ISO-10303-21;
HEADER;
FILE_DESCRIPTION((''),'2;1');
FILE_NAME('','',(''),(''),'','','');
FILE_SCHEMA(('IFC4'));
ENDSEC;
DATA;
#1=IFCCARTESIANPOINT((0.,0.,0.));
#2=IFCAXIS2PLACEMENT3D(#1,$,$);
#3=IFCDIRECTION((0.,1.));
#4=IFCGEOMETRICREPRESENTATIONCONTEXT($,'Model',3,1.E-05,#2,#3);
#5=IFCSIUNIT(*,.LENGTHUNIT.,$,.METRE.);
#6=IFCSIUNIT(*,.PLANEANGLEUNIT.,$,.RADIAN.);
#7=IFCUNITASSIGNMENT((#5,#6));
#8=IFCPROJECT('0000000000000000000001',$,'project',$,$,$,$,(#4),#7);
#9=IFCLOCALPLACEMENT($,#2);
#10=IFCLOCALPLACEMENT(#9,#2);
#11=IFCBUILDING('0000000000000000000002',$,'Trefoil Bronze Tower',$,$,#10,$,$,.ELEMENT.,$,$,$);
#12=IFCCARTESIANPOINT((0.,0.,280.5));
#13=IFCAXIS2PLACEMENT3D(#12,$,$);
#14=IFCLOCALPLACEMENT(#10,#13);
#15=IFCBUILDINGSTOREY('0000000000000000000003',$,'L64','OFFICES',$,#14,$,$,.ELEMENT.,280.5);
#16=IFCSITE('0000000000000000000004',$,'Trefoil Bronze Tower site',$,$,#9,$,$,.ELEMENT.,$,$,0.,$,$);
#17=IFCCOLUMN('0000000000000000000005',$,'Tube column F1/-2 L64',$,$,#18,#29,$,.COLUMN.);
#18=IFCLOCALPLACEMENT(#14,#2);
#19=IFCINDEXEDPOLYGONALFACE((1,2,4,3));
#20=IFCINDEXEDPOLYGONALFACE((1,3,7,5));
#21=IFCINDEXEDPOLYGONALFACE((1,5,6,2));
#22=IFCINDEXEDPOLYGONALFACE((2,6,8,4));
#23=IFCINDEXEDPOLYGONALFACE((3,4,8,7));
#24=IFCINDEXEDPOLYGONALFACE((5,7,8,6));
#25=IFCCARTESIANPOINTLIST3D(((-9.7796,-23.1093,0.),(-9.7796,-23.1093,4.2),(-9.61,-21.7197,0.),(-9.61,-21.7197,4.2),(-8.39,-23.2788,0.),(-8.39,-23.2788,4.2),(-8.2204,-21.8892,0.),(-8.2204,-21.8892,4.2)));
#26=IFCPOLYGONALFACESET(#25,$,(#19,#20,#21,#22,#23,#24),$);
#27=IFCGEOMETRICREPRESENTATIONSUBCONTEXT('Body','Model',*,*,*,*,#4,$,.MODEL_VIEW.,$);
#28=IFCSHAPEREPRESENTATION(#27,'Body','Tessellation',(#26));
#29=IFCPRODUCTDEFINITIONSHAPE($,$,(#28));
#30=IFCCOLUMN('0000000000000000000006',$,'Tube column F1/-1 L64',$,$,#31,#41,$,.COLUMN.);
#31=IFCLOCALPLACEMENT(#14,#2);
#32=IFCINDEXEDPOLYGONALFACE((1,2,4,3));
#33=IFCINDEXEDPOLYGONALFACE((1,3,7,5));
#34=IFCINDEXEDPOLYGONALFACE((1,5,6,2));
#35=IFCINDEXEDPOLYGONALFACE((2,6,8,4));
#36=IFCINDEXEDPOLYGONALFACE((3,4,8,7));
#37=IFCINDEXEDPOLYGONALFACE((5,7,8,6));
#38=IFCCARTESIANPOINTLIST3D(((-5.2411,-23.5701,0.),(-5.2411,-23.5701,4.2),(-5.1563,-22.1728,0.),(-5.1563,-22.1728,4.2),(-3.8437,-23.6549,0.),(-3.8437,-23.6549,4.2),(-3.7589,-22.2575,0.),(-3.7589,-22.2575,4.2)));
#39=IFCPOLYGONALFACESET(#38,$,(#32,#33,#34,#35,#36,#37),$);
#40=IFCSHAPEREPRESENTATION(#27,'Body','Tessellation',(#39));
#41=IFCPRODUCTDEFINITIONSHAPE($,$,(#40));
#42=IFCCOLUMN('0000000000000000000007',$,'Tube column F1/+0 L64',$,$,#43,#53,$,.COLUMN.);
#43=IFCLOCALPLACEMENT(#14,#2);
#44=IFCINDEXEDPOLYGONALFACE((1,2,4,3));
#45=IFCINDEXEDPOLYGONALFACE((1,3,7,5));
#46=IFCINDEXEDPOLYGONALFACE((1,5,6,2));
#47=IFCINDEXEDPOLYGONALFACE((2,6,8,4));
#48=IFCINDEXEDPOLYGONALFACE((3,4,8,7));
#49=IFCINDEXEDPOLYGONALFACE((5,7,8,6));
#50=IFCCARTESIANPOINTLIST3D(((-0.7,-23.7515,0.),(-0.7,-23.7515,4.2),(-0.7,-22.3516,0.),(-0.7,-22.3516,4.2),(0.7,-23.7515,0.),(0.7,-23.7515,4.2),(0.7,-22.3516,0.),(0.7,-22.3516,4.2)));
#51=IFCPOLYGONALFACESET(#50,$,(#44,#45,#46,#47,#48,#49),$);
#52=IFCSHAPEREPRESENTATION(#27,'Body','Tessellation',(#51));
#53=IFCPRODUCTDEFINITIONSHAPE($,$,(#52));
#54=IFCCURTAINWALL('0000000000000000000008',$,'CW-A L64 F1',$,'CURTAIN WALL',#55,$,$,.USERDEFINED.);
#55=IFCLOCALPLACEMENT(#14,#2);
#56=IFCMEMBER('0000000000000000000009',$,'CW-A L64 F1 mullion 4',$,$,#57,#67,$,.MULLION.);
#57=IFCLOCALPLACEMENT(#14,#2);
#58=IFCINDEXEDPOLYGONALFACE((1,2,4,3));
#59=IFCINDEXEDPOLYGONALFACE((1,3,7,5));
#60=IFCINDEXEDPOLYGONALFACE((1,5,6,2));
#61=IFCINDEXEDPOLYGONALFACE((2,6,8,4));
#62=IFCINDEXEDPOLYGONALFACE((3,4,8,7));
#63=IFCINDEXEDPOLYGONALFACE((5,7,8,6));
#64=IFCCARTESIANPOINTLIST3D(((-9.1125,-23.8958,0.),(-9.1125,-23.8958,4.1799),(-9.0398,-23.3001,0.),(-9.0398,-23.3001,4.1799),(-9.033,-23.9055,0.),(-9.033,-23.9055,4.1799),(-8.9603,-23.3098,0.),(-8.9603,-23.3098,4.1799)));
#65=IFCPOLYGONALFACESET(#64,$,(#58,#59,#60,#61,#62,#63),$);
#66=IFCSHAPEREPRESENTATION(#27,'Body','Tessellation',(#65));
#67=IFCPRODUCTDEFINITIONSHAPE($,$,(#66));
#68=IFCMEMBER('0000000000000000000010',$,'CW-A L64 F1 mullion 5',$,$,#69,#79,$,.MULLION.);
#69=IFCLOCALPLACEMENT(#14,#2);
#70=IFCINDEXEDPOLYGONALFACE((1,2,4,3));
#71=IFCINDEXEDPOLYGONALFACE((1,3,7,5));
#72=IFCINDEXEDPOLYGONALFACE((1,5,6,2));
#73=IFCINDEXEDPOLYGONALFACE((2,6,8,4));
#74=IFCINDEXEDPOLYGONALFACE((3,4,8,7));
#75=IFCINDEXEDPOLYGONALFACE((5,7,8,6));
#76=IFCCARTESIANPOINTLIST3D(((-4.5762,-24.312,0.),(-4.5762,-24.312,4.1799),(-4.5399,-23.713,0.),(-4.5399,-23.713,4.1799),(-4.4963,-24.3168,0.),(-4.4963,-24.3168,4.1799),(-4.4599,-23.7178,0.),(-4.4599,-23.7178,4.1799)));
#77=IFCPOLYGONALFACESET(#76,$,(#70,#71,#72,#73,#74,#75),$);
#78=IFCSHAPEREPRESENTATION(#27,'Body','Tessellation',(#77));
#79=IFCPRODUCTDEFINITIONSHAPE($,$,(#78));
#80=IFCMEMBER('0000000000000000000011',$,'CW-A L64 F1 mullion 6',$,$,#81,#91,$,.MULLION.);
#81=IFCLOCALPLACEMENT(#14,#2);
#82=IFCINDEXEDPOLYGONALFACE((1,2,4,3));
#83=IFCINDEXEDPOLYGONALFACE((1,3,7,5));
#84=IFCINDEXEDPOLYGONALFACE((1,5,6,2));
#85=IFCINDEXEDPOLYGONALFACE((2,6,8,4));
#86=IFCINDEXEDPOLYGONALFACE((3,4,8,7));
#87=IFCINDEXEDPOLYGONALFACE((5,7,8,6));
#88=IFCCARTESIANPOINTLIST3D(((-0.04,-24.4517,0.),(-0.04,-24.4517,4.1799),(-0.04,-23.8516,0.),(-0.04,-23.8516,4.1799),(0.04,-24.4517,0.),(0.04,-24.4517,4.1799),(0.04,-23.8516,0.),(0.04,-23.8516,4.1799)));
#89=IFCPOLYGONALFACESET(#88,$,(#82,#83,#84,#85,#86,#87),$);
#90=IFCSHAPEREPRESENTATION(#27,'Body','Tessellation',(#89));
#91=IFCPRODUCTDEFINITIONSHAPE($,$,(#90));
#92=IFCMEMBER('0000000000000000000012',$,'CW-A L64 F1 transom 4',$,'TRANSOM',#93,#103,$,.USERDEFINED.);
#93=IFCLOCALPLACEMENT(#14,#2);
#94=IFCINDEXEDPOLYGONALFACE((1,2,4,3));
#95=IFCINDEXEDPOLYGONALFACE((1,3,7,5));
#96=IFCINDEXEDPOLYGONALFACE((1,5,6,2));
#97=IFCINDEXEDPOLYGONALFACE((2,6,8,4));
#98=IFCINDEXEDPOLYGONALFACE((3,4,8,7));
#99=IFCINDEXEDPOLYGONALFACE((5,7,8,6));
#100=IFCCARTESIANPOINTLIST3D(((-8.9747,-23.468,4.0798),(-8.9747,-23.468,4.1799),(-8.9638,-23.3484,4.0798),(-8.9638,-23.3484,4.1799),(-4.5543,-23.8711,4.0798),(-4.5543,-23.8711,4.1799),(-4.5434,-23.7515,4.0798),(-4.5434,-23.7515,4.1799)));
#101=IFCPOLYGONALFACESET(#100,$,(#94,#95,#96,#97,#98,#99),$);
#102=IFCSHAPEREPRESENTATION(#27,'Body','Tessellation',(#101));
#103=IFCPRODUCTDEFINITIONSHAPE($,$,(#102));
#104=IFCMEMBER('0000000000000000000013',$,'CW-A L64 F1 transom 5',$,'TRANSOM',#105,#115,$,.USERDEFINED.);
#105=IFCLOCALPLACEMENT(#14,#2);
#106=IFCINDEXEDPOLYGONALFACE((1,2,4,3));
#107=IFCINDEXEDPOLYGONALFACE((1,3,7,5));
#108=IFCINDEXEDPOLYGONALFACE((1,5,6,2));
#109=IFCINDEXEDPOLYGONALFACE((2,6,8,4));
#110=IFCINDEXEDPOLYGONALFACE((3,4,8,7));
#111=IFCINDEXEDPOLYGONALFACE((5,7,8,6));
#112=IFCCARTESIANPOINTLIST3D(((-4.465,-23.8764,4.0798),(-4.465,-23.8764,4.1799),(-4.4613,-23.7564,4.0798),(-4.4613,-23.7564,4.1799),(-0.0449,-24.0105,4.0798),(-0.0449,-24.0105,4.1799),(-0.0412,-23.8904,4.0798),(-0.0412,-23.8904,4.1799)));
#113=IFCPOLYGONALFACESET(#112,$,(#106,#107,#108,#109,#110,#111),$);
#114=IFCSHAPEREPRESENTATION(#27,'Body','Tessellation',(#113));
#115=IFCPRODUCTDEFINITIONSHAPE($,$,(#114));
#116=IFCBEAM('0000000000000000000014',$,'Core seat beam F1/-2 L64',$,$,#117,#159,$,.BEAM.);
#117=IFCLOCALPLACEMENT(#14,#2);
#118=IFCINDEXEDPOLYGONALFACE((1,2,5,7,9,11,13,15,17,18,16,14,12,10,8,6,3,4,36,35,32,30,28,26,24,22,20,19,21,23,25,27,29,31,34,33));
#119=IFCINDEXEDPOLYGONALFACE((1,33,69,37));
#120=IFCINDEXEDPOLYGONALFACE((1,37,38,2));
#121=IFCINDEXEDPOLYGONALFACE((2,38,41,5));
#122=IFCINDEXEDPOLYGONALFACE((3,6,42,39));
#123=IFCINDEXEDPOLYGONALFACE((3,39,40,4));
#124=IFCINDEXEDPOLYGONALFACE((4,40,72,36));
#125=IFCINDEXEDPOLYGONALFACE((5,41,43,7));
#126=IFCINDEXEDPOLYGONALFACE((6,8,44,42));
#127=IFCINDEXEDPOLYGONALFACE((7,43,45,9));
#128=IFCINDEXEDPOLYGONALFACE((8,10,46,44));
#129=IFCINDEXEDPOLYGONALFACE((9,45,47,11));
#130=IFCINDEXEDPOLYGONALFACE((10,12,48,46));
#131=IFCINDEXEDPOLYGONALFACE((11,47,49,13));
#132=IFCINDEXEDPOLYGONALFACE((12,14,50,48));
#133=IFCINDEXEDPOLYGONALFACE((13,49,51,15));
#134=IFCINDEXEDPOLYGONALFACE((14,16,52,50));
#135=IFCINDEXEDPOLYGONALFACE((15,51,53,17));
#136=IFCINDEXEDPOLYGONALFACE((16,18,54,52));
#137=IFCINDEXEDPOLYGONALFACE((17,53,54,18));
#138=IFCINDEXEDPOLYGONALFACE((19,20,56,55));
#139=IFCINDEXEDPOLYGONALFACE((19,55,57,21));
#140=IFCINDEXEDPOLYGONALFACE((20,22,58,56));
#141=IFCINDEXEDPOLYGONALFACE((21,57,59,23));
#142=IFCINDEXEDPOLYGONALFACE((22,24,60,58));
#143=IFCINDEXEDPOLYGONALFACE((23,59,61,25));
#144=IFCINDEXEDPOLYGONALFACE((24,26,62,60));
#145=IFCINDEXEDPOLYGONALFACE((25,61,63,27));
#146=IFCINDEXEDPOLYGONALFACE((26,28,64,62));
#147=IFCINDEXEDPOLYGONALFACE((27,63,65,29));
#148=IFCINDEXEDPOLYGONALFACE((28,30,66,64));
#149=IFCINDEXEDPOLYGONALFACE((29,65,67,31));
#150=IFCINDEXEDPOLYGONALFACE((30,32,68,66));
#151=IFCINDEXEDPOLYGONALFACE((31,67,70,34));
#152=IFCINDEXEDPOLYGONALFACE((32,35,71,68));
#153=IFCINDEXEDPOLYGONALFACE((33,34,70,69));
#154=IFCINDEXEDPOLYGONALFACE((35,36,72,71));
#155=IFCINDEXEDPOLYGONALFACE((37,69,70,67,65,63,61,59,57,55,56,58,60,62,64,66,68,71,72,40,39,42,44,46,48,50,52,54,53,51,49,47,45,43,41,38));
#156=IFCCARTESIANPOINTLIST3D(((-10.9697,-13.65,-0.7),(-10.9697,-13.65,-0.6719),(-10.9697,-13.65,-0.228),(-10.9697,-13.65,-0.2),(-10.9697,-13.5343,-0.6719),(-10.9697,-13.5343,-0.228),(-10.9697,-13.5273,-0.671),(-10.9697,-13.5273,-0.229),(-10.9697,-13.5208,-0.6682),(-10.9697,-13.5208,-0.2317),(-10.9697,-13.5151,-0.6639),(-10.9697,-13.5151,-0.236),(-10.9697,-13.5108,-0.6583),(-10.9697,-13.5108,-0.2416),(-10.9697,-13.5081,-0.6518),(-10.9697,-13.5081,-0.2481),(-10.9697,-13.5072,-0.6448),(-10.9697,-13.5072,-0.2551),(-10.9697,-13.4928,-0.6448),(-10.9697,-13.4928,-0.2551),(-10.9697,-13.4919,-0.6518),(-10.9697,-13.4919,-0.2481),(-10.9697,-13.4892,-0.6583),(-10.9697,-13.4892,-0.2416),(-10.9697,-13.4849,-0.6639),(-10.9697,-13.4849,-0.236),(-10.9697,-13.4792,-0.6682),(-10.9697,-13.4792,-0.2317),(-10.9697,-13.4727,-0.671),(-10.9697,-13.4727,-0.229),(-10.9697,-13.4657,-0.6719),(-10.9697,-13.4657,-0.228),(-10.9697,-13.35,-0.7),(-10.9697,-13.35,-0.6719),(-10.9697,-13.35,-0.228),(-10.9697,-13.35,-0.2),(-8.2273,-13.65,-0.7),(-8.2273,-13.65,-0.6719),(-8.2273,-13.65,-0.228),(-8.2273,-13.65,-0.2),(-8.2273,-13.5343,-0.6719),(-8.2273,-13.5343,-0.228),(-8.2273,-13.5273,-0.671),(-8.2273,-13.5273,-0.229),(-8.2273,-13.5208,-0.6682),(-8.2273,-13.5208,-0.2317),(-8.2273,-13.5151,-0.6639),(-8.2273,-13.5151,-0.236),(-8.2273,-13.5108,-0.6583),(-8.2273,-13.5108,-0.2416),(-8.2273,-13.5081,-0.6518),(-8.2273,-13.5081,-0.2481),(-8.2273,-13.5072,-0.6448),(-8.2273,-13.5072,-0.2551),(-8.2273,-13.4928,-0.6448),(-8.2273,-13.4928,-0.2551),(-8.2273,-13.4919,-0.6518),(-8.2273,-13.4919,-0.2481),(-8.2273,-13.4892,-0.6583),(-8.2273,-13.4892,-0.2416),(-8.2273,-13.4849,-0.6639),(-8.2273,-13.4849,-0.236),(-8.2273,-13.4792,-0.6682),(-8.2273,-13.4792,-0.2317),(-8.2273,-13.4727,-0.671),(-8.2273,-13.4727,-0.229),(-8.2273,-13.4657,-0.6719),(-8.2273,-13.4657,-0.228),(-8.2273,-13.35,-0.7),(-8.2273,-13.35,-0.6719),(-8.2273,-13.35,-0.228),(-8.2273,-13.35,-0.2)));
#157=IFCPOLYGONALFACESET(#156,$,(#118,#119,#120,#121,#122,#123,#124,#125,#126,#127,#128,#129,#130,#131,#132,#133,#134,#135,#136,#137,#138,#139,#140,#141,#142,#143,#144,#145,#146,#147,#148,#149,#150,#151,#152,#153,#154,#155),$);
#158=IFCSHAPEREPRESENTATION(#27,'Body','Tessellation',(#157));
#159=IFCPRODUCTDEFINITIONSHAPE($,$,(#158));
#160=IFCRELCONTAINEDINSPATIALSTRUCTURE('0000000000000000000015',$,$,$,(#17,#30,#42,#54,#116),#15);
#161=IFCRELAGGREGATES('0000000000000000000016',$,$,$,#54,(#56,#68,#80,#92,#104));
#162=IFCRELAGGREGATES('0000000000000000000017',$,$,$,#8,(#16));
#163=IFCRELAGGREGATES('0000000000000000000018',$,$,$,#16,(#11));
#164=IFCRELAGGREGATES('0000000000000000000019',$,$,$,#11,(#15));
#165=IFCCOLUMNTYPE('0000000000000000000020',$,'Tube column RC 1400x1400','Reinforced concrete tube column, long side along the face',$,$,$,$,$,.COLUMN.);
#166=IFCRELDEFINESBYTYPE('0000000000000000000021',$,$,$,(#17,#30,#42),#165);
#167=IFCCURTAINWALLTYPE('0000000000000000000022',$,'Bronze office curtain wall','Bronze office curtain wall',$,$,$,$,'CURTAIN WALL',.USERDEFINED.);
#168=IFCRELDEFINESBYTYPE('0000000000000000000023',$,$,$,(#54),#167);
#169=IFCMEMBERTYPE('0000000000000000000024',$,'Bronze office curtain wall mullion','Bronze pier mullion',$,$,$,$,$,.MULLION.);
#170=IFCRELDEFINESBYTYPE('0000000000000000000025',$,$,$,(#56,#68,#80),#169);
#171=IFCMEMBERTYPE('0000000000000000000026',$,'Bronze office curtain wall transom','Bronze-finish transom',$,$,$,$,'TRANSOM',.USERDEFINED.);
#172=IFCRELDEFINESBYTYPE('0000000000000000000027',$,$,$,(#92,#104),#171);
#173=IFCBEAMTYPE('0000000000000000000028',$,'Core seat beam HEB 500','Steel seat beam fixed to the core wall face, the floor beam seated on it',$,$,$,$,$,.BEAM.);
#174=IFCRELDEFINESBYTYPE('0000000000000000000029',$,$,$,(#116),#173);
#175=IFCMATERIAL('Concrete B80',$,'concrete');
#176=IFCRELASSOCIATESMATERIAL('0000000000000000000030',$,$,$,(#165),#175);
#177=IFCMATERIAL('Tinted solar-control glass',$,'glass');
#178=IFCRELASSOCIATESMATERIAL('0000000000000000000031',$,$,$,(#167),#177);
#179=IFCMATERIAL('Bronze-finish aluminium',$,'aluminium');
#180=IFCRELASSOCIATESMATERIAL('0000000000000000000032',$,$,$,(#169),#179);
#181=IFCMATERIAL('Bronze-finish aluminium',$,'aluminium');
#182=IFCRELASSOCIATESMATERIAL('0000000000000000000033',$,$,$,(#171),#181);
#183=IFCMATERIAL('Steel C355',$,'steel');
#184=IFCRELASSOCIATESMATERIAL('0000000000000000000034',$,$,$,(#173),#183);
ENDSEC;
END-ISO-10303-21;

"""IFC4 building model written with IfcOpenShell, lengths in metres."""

from ifc_helpers import new_model, si_unit, direction, frame, origin, origin_2d, place, context, subcontext, project, spatial, rectangle, i_section, extrude, material, material_profile, profile_set, type_object, element, aggregate, save


model = new_model("IFC4")

# Units and contexts
model_context = context("Model", 3, precision=1e-05, world=origin(), true_north=direction((0.0, 1.0)))
body_context = subcontext(model_context, "Body", "Model", "MODEL_VIEW")
ifc_project = project(units=[si_unit("LENGTHUNIT", "METRE"), si_unit("PLANEANGLEUNIT", "RADIAN")], contexts=[model_context])

# Site, building, storey
site_placement = place(None, origin())
site = spatial("IfcSite", under=ifc_project, at=site_placement, Name="Trefoil Bronze Tower site", CompositionType="ELEMENT", RefElevation=0.0)
building_placement = place(site_placement, origin())
building = spatial("IfcBuilding", under=site, at=building_placement, Name="Trefoil Bronze Tower", CompositionType="ELEMENT")
storey_placement = place(building_placement, frame((0.0, 0.0, 280.5)))
storey = spatial("IfcBuildingStorey", under=building, at=storey_placement, Name="L64", Description="OFFICES", CompositionType="ELEMENT", Elevation=280.5)

# Columns
ifc_material_1 = material(Name="Concrete B80", Category="concrete")
ifc_material_profile_1 = material_profile(ifc_material_1, rectangle(XDim=1.3999, YDim=1.3999, at=origin_2d()), Name="RC 1400x1400")
ifc_profile_set_1 = profile_set([ifc_material_profile_1], Name="Concrete B80")
column_type = type_object("IfcColumnType", Name="Tube column RC 1400x1400", Description="Reinforced concrete tube column, long side along the face", PredefinedType="COLUMN", material=ifc_profile_set_1)
for number, where, z_axis, x_axis, name in (
    (1, (-9.0, -22.4993, 0.0), (0.0, 0.0, 1.0), (0.992639, -0.121109, 0.0), "Tube column F1/-2 L64"),
    (2, (-4.5, -22.9138, 0.0), (0.0, 0.0, 1.0), (0.998165, -0.060554, 0.0), "Tube column F1/-1 L64"),
    (3, (0.0, -23.0515, 0.0), (0.0, 0.0, 1.0), (1.0, 0.0, 0.0), "Tube column F1/+0 L64"),
):
    element("IfcColumn", number, at=place(storey_placement, frame(where, z_axis=z_axis, x_axis=x_axis)), inside=storey, type_object=column_type, Name=name, PredefinedType="COLUMN", context=body_context, shape_type="SweptSolid", body=[
        extrude(rectangle(XDim=1.3999, YDim=1.3999, at=origin_2d()), origin(), (0.0, 0.0, 1.0), 4.2),
    ])

# Curtain wall, members
ifc_material_2 = material(Name="Tinted solar-control glass", Category="glass")
curtain_wall_type = type_object("IfcCurtainWallType", Name="Bronze office curtain wall", Description="Bronze office curtain wall", ElementType="CURTAIN WALL", PredefinedType="USERDEFINED", material=ifc_material_2)
curtain_wall_placement = place(storey_placement, origin())
curtain_wall = element("IfcCurtainWall", 4, at=curtain_wall_placement, inside=storey, type_object=curtain_wall_type, Name="CW-A L64 F1", ObjectType="CURTAIN WALL", PredefinedType="USERDEFINED")
ifc_material_3 = material(Name="Bronze-finish aluminium", Category="aluminium")
ifc_material_profile_2 = material_profile(ifc_material_3, rectangle(XDim=0.6001, YDim=0.0801, at=origin_2d()), Name="CW-A mullion")
ifc_profile_set_2 = profile_set([ifc_material_profile_2], Name="Bronze-finish aluminium")
member_type_1 = type_object("IfcMemberType", Name="Bronze office curtain wall mullion", Description="Bronze pier mullion", PredefinedType="MULLION", material=ifc_profile_set_2)
member_1_placement = place(storey_placement, frame((-9.0364, -23.6028, 0.0), z_axis=(0.0, 0.0, 1.0), x_axis=(0.121109, 0.992639, 0.0)))
member_1 = element("IfcMember", 5, at=member_1_placement, type_object=member_type_1, Name="CW-A L64 F1 mullion 4", PredefinedType="MULLION", context=body_context, shape_type="SweptSolid", body=[
    extrude(rectangle(XDim=0.6001, YDim=0.0801, at=origin_2d()), origin(), (0.0, 0.0, 1.0), 4.1799),
])
member_2_placement = place(storey_placement, frame((-4.5181, -24.0149, 0.0), z_axis=(0.0, 0.0, 1.0), x_axis=(0.060554, 0.998165, 0.0)))
member_2 = element("IfcMember", 6, at=member_2_placement, type_object=member_type_1, Name="CW-A L64 F1 mullion 5", PredefinedType="MULLION", context=body_context, shape_type="SweptSolid", body=[
    extrude(rectangle(XDim=0.6001, YDim=0.0801, at=origin_2d()), origin(), (0.0, 0.0, 1.0), 4.1799),
])
member_3_placement = place(storey_placement, frame((0.0, -24.1516, 0.0), z_axis=(0.0, 0.0, 1.0), x_axis=(0.0, 1.0, 0.0)))
member_3 = element("IfcMember", 7, at=member_3_placement, type_object=member_type_1, Name="CW-A L64 F1 mullion 6", PredefinedType="MULLION", context=body_context, shape_type="SweptSolid", body=[
    extrude(rectangle(XDim=0.6001, YDim=0.0801, at=origin_2d()), origin(), (0.0, 0.0, 1.0), 4.1799),
])
ifc_material_4 = material(Name="Bronze-finish aluminium", Category="aluminium")
ifc_material_profile_3 = material_profile(ifc_material_4, rectangle(XDim=0.1201, YDim=0.1001, at=origin_2d()), Name="CW-A transom")
ifc_profile_set_3 = profile_set([ifc_material_profile_3], Name="Bronze-finish aluminium")
member_type_2 = type_object("IfcMemberType", Name="Bronze office curtain wall transom", Description="Bronze-finish transom", ElementType="TRANSOM", PredefinedType="USERDEFINED", material=ifc_profile_set_3)
member_4_placement = place(storey_placement, frame((-8.9692, -23.4082, 4.1299), z_axis=(0.995868, -0.090808, 0.0), x_axis=(0.090808, 0.995868, 0.0)))
member_4 = element("IfcMember", 8, at=member_4_placement, type_object=member_type_2, Name="CW-A L64 F1 transom 4", ObjectType="TRANSOM", PredefinedType="USERDEFINED", context=body_context, shape_type="SweptSolid", body=[
    extrude(rectangle(XDim=0.1201, YDim=0.1001, at=origin_2d()), origin(), (0.0, 0.0, 1.0), 4.4387),
])
member_5_placement = place(storey_placement, frame((-4.4631, -23.8164, 4.1299), z_axis=(0.999541, -0.030309, 0.0), x_axis=(0.030309, 0.999541, 0.0)))
member_5 = element("IfcMember", 9, at=member_5_placement, type_object=member_type_2, Name="CW-A L64 F1 transom 5", ObjectType="TRANSOM", PredefinedType="USERDEFINED", context=body_context, shape_type="SweptSolid", body=[
    extrude(rectangle(XDim=0.1201, YDim=0.1001, at=origin_2d()), origin(), (0.0, 0.0, 1.0), 4.4221),
])

# Beam
ifc_material_5 = material(Name="Steel C355", Category="steel")
ifc_material_profile_4 = material_profile(ifc_material_5, i_section(OverallWidth=0.3, OverallDepth=0.5, WebThickness=0.0144, FlangeThickness=0.0281, FilletRadius=0.0271, at=origin_2d()), Name="HEB 500")
ifc_profile_set_4 = profile_set([ifc_material_profile_4], Name="Steel C355")
beam_type_1 = type_object("IfcBeamType", Name="Core seat beam HEB 500", Description="Steel seat beam fixed to the core wall face, the floor beam seated on it", PredefinedType="BEAM", material=ifc_profile_set_4)
for number, where, z_axis, x_axis, name in (
    (10, (-10.9697, -13.5, -0.45), (1.0, 0.0, 0.0), (0.0, 1.0, 0.0), "Core seat beam F1/-2 L64"),
):
    element("IfcBeam", number, at=place(storey_placement, frame(where, z_axis=z_axis, x_axis=x_axis)), inside=storey, type_object=beam_type_1, Name=name, PredefinedType="BEAM", context=body_context, shape_type="SweptSolid", body=[
        extrude(i_section(OverallWidth=0.3, OverallDepth=0.5, WebThickness=0.0144, FlangeThickness=0.0281, FilletRadius=0.0271, at=origin_2d()), origin(), (0.0, 0.0, 1.0), 2.7424),
    ])

aggregate(curtain_wall, [member_1, member_2, member_3, member_4, member_5])

save(model, "model.ifc")
